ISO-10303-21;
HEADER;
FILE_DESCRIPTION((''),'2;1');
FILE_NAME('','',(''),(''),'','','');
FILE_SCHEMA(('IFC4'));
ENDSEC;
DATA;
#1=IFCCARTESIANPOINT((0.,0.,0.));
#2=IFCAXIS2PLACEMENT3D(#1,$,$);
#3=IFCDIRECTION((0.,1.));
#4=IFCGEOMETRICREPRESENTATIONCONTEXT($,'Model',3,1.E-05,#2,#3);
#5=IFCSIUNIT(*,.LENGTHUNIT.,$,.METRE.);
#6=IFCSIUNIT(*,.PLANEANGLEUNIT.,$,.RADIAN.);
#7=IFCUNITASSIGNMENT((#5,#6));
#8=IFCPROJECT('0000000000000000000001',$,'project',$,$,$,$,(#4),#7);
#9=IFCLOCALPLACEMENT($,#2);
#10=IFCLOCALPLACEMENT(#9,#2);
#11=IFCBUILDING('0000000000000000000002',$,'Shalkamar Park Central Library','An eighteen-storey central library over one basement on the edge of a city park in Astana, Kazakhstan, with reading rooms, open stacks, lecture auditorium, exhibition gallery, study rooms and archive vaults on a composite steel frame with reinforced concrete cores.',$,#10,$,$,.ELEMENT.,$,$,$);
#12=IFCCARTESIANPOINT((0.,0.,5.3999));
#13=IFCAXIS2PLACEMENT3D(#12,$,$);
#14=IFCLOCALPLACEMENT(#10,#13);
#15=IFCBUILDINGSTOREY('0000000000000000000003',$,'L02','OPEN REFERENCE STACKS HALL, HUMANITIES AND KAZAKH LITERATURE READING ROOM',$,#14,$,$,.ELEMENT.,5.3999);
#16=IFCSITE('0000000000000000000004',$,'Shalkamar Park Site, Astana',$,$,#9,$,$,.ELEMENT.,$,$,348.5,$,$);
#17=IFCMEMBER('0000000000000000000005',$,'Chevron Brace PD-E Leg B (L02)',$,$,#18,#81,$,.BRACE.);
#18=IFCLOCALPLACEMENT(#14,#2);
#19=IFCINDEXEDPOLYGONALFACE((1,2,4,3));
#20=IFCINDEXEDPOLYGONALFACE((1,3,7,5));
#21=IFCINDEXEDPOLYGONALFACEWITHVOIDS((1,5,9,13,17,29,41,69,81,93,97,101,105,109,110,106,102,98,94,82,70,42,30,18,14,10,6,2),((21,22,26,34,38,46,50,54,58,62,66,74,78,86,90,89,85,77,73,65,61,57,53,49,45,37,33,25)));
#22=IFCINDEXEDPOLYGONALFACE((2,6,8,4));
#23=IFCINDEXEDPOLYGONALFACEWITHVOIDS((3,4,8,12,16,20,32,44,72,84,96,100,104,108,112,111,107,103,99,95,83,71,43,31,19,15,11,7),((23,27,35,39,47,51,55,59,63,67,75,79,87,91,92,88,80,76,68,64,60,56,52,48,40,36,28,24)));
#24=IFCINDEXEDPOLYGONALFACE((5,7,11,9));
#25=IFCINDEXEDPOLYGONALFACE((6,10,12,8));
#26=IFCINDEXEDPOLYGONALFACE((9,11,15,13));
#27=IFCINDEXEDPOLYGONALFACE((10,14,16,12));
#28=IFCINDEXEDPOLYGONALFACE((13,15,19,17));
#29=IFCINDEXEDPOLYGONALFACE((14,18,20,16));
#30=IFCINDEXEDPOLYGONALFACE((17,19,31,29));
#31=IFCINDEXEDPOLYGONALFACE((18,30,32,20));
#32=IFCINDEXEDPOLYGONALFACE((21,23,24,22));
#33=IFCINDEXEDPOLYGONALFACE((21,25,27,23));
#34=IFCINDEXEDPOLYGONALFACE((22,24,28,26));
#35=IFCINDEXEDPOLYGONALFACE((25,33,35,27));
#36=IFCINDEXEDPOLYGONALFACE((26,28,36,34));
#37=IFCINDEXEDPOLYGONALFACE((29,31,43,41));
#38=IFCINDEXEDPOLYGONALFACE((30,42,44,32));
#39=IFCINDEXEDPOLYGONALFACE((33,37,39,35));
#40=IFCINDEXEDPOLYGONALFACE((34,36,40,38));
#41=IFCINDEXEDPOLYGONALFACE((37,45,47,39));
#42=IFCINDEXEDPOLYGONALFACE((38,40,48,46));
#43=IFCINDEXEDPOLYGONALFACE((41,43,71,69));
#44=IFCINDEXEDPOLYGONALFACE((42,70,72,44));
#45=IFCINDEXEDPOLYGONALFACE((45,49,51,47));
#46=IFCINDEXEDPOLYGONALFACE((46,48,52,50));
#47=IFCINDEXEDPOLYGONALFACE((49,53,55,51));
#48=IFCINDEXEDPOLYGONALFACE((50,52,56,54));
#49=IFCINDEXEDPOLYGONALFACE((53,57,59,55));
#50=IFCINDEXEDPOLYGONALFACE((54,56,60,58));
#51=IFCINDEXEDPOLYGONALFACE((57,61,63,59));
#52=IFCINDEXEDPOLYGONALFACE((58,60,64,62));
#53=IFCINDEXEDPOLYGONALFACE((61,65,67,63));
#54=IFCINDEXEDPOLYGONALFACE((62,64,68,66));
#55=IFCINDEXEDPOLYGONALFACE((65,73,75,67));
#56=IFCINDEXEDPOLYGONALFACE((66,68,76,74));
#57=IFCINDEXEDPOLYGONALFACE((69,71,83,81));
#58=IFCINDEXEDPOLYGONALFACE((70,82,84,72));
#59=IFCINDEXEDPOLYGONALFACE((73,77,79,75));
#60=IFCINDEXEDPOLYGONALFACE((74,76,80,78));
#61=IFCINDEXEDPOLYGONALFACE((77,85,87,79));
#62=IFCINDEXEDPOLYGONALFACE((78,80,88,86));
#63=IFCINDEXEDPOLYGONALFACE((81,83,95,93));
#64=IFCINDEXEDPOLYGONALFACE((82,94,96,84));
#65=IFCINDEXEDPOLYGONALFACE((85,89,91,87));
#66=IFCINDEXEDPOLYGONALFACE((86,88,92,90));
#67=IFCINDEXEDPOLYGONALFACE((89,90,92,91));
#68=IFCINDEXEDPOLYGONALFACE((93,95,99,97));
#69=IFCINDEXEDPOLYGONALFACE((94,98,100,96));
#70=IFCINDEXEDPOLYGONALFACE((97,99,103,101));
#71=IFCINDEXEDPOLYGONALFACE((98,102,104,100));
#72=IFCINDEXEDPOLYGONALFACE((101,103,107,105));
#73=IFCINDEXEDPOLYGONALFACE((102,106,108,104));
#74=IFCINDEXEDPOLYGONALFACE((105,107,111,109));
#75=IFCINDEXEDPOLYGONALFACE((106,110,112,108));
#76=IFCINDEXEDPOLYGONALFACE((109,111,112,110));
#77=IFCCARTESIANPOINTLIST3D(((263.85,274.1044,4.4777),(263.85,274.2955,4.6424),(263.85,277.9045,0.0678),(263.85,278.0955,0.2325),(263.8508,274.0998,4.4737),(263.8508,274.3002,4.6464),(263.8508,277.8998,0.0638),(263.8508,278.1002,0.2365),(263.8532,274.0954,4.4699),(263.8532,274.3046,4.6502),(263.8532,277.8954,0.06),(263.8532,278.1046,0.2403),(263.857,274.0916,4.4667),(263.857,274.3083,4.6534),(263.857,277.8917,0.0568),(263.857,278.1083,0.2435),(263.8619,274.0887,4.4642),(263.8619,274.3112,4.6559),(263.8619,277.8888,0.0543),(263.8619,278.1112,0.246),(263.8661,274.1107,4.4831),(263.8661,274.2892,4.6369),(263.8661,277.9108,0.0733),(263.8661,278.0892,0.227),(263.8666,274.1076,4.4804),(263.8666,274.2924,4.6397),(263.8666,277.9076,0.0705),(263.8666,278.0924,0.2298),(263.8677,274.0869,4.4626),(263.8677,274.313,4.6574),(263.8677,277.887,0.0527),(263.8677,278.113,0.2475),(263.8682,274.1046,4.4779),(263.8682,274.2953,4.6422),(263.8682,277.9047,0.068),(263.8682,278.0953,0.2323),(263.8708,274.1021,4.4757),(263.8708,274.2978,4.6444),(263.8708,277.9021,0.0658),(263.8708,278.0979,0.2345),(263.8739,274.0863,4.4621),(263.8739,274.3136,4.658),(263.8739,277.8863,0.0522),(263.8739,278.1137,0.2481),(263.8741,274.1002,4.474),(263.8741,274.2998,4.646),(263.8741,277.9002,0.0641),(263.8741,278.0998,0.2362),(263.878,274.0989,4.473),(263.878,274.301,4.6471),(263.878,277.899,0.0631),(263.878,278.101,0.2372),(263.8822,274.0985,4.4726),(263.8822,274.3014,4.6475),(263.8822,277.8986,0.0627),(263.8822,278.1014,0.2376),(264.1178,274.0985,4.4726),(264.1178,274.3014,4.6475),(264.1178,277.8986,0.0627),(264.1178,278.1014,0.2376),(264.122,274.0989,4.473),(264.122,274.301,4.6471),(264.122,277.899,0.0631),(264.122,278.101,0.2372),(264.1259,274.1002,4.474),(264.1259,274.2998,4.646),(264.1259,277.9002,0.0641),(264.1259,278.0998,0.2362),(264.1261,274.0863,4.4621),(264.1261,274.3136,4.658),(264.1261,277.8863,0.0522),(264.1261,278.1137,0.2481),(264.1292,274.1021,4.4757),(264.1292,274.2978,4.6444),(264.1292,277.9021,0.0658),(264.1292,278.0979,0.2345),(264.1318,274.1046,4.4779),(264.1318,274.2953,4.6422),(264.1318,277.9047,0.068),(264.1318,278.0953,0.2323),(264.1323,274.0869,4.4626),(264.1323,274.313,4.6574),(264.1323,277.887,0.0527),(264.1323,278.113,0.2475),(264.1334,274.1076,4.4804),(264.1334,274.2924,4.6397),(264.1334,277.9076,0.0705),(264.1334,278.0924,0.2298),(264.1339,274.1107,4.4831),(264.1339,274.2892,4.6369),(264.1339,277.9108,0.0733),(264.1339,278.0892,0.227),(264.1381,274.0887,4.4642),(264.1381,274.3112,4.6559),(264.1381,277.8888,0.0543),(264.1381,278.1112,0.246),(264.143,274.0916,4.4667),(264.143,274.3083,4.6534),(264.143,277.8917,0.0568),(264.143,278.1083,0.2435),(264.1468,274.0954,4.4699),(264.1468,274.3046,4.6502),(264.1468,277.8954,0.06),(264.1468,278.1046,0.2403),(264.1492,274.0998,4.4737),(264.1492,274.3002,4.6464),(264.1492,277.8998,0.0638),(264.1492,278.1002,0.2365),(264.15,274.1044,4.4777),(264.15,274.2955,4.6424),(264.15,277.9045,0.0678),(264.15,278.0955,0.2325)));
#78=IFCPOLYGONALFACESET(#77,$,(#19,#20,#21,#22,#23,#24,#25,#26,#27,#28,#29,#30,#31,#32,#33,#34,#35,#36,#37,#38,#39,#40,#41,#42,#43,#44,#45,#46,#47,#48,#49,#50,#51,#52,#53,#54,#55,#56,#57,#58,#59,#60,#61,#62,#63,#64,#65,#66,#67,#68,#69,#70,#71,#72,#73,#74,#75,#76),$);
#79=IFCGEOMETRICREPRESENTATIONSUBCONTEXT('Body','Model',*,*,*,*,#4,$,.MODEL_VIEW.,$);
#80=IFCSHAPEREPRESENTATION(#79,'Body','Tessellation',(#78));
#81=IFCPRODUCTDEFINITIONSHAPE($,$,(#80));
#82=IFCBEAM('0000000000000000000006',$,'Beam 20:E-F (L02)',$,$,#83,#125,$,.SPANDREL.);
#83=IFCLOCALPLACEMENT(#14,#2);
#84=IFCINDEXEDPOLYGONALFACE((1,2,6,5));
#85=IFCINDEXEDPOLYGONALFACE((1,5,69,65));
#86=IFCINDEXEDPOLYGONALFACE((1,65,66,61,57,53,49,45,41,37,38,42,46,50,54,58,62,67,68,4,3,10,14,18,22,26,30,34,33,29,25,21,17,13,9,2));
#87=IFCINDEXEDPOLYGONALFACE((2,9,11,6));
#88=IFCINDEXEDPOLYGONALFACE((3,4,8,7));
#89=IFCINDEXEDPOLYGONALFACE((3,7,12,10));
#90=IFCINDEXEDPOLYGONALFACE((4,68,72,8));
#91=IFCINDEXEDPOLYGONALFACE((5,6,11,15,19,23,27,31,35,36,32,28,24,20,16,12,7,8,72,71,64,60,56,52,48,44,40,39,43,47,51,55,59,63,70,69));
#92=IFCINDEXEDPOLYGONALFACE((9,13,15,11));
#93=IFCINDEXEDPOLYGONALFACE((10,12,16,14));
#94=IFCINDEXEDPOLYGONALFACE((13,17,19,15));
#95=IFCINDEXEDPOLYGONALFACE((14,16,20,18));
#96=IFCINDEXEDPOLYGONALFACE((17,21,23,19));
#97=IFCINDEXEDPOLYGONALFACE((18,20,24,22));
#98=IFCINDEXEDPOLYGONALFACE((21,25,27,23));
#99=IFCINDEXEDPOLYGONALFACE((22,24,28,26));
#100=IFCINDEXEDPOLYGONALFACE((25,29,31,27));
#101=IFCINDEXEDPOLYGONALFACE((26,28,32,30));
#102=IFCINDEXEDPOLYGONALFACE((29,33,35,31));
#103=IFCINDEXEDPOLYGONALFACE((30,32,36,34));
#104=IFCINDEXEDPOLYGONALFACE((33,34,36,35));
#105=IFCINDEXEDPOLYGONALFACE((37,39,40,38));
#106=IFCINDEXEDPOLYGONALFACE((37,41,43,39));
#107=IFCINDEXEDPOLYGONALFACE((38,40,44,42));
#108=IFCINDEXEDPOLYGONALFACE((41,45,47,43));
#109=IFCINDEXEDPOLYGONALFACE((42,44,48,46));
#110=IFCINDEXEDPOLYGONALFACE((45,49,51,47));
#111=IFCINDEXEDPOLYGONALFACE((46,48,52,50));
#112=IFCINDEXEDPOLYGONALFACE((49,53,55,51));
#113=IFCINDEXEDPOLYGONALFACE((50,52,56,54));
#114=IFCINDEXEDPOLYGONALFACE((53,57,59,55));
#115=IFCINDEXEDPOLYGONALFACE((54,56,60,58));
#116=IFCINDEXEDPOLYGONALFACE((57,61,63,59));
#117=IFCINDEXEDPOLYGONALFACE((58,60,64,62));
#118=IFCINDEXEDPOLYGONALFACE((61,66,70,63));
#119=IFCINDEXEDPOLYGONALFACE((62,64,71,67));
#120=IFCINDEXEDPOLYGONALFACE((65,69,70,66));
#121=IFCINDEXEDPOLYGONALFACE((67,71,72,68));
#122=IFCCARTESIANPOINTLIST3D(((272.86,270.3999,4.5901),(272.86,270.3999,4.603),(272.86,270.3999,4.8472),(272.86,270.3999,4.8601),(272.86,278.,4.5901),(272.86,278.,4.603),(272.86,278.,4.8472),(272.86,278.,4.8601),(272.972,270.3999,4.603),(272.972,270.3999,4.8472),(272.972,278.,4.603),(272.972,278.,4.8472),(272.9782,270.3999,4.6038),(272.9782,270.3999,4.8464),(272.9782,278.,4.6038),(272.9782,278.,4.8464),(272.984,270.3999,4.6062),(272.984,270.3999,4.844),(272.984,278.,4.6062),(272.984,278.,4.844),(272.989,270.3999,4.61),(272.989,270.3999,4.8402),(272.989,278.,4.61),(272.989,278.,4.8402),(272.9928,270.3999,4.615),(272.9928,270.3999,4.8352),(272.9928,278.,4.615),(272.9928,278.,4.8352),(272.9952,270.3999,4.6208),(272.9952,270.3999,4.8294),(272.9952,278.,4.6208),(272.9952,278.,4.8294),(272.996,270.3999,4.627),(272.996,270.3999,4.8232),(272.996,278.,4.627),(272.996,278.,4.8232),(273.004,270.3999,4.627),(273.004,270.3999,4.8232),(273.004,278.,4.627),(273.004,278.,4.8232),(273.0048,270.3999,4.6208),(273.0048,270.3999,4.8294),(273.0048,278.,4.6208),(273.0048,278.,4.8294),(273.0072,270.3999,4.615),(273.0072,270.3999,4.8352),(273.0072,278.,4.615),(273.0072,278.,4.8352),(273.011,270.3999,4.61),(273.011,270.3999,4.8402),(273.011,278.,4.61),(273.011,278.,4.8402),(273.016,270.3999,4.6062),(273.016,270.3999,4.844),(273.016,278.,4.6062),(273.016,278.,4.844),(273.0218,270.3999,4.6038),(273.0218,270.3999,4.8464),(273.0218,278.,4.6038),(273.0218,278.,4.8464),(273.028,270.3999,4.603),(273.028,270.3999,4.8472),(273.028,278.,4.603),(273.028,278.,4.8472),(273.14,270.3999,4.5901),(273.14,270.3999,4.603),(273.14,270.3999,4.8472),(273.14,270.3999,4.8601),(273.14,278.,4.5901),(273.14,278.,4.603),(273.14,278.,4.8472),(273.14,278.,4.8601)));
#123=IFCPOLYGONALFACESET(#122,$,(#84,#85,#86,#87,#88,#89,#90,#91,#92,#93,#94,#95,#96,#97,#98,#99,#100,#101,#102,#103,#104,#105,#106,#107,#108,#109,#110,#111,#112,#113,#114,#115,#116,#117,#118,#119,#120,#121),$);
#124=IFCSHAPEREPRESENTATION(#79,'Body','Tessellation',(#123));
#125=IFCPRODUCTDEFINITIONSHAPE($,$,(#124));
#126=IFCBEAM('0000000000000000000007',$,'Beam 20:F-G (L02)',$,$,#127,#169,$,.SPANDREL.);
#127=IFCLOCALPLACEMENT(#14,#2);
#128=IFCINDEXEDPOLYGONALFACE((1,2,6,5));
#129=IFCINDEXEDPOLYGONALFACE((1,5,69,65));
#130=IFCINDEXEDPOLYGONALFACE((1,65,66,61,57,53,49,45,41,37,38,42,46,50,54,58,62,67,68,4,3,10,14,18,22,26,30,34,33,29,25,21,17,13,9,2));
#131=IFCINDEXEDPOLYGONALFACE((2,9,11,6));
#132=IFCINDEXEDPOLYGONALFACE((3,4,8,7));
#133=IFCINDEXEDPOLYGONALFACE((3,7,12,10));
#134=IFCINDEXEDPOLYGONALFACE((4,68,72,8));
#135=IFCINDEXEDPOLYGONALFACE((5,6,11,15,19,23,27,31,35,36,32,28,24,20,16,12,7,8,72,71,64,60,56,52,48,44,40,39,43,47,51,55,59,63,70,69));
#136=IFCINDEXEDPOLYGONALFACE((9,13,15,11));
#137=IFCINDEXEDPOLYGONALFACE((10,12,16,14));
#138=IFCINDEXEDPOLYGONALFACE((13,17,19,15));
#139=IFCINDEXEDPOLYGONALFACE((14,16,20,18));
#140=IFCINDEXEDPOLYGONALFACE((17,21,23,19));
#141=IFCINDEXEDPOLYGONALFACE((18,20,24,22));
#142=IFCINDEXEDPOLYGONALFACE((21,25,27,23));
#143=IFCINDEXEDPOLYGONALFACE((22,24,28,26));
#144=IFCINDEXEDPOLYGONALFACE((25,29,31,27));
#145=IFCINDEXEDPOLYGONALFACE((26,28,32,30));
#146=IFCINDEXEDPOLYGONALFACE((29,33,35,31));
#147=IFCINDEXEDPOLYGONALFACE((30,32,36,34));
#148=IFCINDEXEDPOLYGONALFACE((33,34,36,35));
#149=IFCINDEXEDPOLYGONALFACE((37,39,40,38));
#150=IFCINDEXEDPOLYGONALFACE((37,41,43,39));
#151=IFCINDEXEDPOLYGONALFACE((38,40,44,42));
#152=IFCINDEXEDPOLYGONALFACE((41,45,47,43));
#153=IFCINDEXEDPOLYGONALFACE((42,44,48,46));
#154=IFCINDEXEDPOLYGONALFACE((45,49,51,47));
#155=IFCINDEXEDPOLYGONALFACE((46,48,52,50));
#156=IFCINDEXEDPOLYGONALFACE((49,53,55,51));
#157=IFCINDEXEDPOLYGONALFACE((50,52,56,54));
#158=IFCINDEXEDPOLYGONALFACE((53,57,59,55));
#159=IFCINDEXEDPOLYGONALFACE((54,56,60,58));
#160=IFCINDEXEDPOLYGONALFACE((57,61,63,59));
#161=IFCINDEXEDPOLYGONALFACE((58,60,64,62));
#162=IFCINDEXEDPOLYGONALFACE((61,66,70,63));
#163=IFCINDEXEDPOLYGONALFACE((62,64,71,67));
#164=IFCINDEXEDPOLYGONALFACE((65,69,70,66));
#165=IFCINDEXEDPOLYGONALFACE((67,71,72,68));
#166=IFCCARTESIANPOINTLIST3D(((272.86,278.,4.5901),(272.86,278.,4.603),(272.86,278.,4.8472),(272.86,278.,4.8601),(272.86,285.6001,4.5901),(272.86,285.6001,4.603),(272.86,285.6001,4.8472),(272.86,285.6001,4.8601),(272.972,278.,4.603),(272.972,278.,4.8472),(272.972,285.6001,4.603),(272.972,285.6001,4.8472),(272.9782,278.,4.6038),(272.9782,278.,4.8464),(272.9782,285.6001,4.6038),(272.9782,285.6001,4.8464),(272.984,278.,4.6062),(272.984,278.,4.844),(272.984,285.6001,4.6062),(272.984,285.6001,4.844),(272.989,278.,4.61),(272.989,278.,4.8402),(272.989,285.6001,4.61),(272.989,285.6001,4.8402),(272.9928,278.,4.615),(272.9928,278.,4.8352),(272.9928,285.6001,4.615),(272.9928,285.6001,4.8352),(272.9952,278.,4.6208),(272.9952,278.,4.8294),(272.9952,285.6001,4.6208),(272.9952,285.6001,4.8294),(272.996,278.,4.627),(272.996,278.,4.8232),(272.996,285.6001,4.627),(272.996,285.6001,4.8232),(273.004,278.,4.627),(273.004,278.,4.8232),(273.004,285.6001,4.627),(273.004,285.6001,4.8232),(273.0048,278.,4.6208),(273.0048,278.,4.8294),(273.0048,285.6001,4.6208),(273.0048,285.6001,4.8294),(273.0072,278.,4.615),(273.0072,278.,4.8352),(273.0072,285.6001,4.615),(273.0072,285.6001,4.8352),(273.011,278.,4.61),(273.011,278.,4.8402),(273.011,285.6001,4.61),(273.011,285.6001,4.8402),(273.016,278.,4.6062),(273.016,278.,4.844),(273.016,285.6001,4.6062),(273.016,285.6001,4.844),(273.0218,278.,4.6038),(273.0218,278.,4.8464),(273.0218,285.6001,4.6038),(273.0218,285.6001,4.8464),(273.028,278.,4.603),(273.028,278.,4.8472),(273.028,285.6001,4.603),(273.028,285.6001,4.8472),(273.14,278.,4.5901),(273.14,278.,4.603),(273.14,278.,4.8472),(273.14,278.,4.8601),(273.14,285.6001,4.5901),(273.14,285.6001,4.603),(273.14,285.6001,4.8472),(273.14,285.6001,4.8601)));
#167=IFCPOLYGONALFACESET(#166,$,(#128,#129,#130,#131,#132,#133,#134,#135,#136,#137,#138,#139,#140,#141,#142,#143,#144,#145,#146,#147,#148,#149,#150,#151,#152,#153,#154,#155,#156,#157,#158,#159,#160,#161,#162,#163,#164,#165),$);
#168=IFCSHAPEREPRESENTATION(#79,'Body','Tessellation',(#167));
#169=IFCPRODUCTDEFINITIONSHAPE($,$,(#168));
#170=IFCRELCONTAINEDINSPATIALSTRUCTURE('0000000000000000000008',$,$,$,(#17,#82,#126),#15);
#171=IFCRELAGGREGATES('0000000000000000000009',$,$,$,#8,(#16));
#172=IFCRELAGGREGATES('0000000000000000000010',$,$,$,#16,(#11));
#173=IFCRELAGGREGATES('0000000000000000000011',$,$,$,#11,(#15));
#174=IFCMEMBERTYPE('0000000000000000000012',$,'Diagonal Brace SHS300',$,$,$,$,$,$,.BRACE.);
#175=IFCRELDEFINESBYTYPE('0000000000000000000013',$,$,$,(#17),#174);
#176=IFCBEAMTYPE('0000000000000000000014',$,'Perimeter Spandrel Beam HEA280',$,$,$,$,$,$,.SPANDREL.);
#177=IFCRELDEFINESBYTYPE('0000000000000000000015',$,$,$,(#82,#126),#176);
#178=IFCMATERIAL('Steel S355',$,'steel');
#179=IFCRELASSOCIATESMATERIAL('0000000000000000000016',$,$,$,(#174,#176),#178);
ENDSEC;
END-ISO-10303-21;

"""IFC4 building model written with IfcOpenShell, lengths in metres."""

from ifc_helpers import new_model, si_unit, direction, frame, origin, origin_2d, place, context, subcontext, project, spatial, hollow_rectangle, i_section, extrude, material, material_profile, profile_set, type_object, element, save


model = new_model("IFC4")

# Units and contexts
model_context = context("Model", 3, precision=1e-05, world=origin(), true_north=direction((0.0, 1.0)))
body_context = subcontext(model_context, "Body", "Model", "MODEL_VIEW")
ifc_project = project(units=[si_unit("LENGTHUNIT", "METRE"), si_unit("PLANEANGLEUNIT", "RADIAN")], contexts=[model_context])

# Site, building, storey
site_placement = place(None, origin())
site = spatial("IfcSite", under=ifc_project, at=site_placement, Name="Shalkamar Park Site, Astana", CompositionType="ELEMENT", RefElevation=348.5)
building_placement = place(site_placement, origin())
building = spatial("IfcBuilding", under=site, at=building_placement, Name="Shalkamar Park Central Library", Description="An eighteen-storey central library over one basement on the edge of a city park in Astana, Kazakhstan, with reading rooms, open stacks, lecture auditorium, exhibition gallery, study rooms and archive vaults on a composite steel frame with reinforced concrete cores.", CompositionType="ELEMENT")
storey_placement = place(building_placement, frame((0.0, 0.0, 5.3999)))
storey = spatial("IfcBuildingStorey", under=building, at=storey_placement, Name="L02", Description="OPEN REFERENCE STACKS HALL, HUMANITIES AND KAZAKH LITERATURE READING ROOM", CompositionType="ELEMENT", Elevation=5.3999)

# Shared definitions
ifc_material_1 = material(Name="Steel S355", Category="steel")

# Member
ifc_material_profile_1 = material_profile(ifc_material_1, hollow_rectangle(XDim=0.3, YDim=0.3, WallThickness=0.0161, InnerFilletRadius=0.0161, OuterFilletRadius=0.0239, at=origin_2d()), Name="SHS 300x300x16")
ifc_profile_set_1 = profile_set([ifc_material_profile_1], Name="Steel S355")
member_type_1 = type_object("IfcMemberType", Name="Diagonal Brace SHS300", PredefinedType="BRACE", material=ifc_profile_set_1)
for number, where, z_axis, x_axis, name in (
    (1, (264.0, 278.0, 0.1501), (0.0, -0.652782, 0.757546), (1.0, 0.0, 0.0), "Chevron Brace PD-E Leg B (L02)"),
):
    element("IfcMember", number, at=place(storey_placement, frame(where, z_axis=z_axis, x_axis=x_axis)), inside=storey, type_object=member_type_1, Name=name, PredefinedType="BRACE", context=body_context, shape_type="SweptSolid", body=[
        extrude(hollow_rectangle(XDim=0.3, YDim=0.3, WallThickness=0.0161, InnerFilletRadius=0.0161, OuterFilletRadius=0.0239, at=origin_2d()), origin(), (0.0, 0.0, 1.0), 5.8213),
    ])

# Beams
ifc_material_profile_2 = material_profile(ifc_material_1, i_section(OverallWidth=0.28, OverallDepth=0.27, WebThickness=0.0081, FlangeThickness=0.0129, FilletRadius=0.0239, at=origin_2d()), Name="HEA 280")
ifc_profile_set_2 = profile_set([ifc_material_profile_2], Name="Steel S355")
beam_type_1 = type_object("IfcBeamType", Name="Perimeter Spandrel Beam HEA280", PredefinedType="SPANDREL", material=ifc_profile_set_2)
for number, where, z_axis, x_axis, name in (
    (2, (273.0, 270.3999, 4.7251), (0.0, 1.0, 0.0), (-1.0, 0.0, 0.0), "Beam 20:E-F (L02)"),
    (3, (273.0, 278.0, 4.7251), (0.0, 1.0, 0.0), (-1.0, 0.0, 0.0), "Beam 20:F-G (L02)"),
):
    element("IfcBeam", number, at=place(storey_placement, frame(where, z_axis=z_axis, x_axis=x_axis)), inside=storey, type_object=beam_type_1, Name=name, PredefinedType="SPANDREL", context=body_context, shape_type="SweptSolid", body=[
        extrude(i_section(OverallWidth=0.28, OverallDepth=0.27, WebThickness=0.0081, FlangeThickness=0.0129, FilletRadius=0.0239, at=origin_2d()), origin(), (0.0, 0.0, 1.0), 7.6001),
    ])

save(model, "model.ifc")
